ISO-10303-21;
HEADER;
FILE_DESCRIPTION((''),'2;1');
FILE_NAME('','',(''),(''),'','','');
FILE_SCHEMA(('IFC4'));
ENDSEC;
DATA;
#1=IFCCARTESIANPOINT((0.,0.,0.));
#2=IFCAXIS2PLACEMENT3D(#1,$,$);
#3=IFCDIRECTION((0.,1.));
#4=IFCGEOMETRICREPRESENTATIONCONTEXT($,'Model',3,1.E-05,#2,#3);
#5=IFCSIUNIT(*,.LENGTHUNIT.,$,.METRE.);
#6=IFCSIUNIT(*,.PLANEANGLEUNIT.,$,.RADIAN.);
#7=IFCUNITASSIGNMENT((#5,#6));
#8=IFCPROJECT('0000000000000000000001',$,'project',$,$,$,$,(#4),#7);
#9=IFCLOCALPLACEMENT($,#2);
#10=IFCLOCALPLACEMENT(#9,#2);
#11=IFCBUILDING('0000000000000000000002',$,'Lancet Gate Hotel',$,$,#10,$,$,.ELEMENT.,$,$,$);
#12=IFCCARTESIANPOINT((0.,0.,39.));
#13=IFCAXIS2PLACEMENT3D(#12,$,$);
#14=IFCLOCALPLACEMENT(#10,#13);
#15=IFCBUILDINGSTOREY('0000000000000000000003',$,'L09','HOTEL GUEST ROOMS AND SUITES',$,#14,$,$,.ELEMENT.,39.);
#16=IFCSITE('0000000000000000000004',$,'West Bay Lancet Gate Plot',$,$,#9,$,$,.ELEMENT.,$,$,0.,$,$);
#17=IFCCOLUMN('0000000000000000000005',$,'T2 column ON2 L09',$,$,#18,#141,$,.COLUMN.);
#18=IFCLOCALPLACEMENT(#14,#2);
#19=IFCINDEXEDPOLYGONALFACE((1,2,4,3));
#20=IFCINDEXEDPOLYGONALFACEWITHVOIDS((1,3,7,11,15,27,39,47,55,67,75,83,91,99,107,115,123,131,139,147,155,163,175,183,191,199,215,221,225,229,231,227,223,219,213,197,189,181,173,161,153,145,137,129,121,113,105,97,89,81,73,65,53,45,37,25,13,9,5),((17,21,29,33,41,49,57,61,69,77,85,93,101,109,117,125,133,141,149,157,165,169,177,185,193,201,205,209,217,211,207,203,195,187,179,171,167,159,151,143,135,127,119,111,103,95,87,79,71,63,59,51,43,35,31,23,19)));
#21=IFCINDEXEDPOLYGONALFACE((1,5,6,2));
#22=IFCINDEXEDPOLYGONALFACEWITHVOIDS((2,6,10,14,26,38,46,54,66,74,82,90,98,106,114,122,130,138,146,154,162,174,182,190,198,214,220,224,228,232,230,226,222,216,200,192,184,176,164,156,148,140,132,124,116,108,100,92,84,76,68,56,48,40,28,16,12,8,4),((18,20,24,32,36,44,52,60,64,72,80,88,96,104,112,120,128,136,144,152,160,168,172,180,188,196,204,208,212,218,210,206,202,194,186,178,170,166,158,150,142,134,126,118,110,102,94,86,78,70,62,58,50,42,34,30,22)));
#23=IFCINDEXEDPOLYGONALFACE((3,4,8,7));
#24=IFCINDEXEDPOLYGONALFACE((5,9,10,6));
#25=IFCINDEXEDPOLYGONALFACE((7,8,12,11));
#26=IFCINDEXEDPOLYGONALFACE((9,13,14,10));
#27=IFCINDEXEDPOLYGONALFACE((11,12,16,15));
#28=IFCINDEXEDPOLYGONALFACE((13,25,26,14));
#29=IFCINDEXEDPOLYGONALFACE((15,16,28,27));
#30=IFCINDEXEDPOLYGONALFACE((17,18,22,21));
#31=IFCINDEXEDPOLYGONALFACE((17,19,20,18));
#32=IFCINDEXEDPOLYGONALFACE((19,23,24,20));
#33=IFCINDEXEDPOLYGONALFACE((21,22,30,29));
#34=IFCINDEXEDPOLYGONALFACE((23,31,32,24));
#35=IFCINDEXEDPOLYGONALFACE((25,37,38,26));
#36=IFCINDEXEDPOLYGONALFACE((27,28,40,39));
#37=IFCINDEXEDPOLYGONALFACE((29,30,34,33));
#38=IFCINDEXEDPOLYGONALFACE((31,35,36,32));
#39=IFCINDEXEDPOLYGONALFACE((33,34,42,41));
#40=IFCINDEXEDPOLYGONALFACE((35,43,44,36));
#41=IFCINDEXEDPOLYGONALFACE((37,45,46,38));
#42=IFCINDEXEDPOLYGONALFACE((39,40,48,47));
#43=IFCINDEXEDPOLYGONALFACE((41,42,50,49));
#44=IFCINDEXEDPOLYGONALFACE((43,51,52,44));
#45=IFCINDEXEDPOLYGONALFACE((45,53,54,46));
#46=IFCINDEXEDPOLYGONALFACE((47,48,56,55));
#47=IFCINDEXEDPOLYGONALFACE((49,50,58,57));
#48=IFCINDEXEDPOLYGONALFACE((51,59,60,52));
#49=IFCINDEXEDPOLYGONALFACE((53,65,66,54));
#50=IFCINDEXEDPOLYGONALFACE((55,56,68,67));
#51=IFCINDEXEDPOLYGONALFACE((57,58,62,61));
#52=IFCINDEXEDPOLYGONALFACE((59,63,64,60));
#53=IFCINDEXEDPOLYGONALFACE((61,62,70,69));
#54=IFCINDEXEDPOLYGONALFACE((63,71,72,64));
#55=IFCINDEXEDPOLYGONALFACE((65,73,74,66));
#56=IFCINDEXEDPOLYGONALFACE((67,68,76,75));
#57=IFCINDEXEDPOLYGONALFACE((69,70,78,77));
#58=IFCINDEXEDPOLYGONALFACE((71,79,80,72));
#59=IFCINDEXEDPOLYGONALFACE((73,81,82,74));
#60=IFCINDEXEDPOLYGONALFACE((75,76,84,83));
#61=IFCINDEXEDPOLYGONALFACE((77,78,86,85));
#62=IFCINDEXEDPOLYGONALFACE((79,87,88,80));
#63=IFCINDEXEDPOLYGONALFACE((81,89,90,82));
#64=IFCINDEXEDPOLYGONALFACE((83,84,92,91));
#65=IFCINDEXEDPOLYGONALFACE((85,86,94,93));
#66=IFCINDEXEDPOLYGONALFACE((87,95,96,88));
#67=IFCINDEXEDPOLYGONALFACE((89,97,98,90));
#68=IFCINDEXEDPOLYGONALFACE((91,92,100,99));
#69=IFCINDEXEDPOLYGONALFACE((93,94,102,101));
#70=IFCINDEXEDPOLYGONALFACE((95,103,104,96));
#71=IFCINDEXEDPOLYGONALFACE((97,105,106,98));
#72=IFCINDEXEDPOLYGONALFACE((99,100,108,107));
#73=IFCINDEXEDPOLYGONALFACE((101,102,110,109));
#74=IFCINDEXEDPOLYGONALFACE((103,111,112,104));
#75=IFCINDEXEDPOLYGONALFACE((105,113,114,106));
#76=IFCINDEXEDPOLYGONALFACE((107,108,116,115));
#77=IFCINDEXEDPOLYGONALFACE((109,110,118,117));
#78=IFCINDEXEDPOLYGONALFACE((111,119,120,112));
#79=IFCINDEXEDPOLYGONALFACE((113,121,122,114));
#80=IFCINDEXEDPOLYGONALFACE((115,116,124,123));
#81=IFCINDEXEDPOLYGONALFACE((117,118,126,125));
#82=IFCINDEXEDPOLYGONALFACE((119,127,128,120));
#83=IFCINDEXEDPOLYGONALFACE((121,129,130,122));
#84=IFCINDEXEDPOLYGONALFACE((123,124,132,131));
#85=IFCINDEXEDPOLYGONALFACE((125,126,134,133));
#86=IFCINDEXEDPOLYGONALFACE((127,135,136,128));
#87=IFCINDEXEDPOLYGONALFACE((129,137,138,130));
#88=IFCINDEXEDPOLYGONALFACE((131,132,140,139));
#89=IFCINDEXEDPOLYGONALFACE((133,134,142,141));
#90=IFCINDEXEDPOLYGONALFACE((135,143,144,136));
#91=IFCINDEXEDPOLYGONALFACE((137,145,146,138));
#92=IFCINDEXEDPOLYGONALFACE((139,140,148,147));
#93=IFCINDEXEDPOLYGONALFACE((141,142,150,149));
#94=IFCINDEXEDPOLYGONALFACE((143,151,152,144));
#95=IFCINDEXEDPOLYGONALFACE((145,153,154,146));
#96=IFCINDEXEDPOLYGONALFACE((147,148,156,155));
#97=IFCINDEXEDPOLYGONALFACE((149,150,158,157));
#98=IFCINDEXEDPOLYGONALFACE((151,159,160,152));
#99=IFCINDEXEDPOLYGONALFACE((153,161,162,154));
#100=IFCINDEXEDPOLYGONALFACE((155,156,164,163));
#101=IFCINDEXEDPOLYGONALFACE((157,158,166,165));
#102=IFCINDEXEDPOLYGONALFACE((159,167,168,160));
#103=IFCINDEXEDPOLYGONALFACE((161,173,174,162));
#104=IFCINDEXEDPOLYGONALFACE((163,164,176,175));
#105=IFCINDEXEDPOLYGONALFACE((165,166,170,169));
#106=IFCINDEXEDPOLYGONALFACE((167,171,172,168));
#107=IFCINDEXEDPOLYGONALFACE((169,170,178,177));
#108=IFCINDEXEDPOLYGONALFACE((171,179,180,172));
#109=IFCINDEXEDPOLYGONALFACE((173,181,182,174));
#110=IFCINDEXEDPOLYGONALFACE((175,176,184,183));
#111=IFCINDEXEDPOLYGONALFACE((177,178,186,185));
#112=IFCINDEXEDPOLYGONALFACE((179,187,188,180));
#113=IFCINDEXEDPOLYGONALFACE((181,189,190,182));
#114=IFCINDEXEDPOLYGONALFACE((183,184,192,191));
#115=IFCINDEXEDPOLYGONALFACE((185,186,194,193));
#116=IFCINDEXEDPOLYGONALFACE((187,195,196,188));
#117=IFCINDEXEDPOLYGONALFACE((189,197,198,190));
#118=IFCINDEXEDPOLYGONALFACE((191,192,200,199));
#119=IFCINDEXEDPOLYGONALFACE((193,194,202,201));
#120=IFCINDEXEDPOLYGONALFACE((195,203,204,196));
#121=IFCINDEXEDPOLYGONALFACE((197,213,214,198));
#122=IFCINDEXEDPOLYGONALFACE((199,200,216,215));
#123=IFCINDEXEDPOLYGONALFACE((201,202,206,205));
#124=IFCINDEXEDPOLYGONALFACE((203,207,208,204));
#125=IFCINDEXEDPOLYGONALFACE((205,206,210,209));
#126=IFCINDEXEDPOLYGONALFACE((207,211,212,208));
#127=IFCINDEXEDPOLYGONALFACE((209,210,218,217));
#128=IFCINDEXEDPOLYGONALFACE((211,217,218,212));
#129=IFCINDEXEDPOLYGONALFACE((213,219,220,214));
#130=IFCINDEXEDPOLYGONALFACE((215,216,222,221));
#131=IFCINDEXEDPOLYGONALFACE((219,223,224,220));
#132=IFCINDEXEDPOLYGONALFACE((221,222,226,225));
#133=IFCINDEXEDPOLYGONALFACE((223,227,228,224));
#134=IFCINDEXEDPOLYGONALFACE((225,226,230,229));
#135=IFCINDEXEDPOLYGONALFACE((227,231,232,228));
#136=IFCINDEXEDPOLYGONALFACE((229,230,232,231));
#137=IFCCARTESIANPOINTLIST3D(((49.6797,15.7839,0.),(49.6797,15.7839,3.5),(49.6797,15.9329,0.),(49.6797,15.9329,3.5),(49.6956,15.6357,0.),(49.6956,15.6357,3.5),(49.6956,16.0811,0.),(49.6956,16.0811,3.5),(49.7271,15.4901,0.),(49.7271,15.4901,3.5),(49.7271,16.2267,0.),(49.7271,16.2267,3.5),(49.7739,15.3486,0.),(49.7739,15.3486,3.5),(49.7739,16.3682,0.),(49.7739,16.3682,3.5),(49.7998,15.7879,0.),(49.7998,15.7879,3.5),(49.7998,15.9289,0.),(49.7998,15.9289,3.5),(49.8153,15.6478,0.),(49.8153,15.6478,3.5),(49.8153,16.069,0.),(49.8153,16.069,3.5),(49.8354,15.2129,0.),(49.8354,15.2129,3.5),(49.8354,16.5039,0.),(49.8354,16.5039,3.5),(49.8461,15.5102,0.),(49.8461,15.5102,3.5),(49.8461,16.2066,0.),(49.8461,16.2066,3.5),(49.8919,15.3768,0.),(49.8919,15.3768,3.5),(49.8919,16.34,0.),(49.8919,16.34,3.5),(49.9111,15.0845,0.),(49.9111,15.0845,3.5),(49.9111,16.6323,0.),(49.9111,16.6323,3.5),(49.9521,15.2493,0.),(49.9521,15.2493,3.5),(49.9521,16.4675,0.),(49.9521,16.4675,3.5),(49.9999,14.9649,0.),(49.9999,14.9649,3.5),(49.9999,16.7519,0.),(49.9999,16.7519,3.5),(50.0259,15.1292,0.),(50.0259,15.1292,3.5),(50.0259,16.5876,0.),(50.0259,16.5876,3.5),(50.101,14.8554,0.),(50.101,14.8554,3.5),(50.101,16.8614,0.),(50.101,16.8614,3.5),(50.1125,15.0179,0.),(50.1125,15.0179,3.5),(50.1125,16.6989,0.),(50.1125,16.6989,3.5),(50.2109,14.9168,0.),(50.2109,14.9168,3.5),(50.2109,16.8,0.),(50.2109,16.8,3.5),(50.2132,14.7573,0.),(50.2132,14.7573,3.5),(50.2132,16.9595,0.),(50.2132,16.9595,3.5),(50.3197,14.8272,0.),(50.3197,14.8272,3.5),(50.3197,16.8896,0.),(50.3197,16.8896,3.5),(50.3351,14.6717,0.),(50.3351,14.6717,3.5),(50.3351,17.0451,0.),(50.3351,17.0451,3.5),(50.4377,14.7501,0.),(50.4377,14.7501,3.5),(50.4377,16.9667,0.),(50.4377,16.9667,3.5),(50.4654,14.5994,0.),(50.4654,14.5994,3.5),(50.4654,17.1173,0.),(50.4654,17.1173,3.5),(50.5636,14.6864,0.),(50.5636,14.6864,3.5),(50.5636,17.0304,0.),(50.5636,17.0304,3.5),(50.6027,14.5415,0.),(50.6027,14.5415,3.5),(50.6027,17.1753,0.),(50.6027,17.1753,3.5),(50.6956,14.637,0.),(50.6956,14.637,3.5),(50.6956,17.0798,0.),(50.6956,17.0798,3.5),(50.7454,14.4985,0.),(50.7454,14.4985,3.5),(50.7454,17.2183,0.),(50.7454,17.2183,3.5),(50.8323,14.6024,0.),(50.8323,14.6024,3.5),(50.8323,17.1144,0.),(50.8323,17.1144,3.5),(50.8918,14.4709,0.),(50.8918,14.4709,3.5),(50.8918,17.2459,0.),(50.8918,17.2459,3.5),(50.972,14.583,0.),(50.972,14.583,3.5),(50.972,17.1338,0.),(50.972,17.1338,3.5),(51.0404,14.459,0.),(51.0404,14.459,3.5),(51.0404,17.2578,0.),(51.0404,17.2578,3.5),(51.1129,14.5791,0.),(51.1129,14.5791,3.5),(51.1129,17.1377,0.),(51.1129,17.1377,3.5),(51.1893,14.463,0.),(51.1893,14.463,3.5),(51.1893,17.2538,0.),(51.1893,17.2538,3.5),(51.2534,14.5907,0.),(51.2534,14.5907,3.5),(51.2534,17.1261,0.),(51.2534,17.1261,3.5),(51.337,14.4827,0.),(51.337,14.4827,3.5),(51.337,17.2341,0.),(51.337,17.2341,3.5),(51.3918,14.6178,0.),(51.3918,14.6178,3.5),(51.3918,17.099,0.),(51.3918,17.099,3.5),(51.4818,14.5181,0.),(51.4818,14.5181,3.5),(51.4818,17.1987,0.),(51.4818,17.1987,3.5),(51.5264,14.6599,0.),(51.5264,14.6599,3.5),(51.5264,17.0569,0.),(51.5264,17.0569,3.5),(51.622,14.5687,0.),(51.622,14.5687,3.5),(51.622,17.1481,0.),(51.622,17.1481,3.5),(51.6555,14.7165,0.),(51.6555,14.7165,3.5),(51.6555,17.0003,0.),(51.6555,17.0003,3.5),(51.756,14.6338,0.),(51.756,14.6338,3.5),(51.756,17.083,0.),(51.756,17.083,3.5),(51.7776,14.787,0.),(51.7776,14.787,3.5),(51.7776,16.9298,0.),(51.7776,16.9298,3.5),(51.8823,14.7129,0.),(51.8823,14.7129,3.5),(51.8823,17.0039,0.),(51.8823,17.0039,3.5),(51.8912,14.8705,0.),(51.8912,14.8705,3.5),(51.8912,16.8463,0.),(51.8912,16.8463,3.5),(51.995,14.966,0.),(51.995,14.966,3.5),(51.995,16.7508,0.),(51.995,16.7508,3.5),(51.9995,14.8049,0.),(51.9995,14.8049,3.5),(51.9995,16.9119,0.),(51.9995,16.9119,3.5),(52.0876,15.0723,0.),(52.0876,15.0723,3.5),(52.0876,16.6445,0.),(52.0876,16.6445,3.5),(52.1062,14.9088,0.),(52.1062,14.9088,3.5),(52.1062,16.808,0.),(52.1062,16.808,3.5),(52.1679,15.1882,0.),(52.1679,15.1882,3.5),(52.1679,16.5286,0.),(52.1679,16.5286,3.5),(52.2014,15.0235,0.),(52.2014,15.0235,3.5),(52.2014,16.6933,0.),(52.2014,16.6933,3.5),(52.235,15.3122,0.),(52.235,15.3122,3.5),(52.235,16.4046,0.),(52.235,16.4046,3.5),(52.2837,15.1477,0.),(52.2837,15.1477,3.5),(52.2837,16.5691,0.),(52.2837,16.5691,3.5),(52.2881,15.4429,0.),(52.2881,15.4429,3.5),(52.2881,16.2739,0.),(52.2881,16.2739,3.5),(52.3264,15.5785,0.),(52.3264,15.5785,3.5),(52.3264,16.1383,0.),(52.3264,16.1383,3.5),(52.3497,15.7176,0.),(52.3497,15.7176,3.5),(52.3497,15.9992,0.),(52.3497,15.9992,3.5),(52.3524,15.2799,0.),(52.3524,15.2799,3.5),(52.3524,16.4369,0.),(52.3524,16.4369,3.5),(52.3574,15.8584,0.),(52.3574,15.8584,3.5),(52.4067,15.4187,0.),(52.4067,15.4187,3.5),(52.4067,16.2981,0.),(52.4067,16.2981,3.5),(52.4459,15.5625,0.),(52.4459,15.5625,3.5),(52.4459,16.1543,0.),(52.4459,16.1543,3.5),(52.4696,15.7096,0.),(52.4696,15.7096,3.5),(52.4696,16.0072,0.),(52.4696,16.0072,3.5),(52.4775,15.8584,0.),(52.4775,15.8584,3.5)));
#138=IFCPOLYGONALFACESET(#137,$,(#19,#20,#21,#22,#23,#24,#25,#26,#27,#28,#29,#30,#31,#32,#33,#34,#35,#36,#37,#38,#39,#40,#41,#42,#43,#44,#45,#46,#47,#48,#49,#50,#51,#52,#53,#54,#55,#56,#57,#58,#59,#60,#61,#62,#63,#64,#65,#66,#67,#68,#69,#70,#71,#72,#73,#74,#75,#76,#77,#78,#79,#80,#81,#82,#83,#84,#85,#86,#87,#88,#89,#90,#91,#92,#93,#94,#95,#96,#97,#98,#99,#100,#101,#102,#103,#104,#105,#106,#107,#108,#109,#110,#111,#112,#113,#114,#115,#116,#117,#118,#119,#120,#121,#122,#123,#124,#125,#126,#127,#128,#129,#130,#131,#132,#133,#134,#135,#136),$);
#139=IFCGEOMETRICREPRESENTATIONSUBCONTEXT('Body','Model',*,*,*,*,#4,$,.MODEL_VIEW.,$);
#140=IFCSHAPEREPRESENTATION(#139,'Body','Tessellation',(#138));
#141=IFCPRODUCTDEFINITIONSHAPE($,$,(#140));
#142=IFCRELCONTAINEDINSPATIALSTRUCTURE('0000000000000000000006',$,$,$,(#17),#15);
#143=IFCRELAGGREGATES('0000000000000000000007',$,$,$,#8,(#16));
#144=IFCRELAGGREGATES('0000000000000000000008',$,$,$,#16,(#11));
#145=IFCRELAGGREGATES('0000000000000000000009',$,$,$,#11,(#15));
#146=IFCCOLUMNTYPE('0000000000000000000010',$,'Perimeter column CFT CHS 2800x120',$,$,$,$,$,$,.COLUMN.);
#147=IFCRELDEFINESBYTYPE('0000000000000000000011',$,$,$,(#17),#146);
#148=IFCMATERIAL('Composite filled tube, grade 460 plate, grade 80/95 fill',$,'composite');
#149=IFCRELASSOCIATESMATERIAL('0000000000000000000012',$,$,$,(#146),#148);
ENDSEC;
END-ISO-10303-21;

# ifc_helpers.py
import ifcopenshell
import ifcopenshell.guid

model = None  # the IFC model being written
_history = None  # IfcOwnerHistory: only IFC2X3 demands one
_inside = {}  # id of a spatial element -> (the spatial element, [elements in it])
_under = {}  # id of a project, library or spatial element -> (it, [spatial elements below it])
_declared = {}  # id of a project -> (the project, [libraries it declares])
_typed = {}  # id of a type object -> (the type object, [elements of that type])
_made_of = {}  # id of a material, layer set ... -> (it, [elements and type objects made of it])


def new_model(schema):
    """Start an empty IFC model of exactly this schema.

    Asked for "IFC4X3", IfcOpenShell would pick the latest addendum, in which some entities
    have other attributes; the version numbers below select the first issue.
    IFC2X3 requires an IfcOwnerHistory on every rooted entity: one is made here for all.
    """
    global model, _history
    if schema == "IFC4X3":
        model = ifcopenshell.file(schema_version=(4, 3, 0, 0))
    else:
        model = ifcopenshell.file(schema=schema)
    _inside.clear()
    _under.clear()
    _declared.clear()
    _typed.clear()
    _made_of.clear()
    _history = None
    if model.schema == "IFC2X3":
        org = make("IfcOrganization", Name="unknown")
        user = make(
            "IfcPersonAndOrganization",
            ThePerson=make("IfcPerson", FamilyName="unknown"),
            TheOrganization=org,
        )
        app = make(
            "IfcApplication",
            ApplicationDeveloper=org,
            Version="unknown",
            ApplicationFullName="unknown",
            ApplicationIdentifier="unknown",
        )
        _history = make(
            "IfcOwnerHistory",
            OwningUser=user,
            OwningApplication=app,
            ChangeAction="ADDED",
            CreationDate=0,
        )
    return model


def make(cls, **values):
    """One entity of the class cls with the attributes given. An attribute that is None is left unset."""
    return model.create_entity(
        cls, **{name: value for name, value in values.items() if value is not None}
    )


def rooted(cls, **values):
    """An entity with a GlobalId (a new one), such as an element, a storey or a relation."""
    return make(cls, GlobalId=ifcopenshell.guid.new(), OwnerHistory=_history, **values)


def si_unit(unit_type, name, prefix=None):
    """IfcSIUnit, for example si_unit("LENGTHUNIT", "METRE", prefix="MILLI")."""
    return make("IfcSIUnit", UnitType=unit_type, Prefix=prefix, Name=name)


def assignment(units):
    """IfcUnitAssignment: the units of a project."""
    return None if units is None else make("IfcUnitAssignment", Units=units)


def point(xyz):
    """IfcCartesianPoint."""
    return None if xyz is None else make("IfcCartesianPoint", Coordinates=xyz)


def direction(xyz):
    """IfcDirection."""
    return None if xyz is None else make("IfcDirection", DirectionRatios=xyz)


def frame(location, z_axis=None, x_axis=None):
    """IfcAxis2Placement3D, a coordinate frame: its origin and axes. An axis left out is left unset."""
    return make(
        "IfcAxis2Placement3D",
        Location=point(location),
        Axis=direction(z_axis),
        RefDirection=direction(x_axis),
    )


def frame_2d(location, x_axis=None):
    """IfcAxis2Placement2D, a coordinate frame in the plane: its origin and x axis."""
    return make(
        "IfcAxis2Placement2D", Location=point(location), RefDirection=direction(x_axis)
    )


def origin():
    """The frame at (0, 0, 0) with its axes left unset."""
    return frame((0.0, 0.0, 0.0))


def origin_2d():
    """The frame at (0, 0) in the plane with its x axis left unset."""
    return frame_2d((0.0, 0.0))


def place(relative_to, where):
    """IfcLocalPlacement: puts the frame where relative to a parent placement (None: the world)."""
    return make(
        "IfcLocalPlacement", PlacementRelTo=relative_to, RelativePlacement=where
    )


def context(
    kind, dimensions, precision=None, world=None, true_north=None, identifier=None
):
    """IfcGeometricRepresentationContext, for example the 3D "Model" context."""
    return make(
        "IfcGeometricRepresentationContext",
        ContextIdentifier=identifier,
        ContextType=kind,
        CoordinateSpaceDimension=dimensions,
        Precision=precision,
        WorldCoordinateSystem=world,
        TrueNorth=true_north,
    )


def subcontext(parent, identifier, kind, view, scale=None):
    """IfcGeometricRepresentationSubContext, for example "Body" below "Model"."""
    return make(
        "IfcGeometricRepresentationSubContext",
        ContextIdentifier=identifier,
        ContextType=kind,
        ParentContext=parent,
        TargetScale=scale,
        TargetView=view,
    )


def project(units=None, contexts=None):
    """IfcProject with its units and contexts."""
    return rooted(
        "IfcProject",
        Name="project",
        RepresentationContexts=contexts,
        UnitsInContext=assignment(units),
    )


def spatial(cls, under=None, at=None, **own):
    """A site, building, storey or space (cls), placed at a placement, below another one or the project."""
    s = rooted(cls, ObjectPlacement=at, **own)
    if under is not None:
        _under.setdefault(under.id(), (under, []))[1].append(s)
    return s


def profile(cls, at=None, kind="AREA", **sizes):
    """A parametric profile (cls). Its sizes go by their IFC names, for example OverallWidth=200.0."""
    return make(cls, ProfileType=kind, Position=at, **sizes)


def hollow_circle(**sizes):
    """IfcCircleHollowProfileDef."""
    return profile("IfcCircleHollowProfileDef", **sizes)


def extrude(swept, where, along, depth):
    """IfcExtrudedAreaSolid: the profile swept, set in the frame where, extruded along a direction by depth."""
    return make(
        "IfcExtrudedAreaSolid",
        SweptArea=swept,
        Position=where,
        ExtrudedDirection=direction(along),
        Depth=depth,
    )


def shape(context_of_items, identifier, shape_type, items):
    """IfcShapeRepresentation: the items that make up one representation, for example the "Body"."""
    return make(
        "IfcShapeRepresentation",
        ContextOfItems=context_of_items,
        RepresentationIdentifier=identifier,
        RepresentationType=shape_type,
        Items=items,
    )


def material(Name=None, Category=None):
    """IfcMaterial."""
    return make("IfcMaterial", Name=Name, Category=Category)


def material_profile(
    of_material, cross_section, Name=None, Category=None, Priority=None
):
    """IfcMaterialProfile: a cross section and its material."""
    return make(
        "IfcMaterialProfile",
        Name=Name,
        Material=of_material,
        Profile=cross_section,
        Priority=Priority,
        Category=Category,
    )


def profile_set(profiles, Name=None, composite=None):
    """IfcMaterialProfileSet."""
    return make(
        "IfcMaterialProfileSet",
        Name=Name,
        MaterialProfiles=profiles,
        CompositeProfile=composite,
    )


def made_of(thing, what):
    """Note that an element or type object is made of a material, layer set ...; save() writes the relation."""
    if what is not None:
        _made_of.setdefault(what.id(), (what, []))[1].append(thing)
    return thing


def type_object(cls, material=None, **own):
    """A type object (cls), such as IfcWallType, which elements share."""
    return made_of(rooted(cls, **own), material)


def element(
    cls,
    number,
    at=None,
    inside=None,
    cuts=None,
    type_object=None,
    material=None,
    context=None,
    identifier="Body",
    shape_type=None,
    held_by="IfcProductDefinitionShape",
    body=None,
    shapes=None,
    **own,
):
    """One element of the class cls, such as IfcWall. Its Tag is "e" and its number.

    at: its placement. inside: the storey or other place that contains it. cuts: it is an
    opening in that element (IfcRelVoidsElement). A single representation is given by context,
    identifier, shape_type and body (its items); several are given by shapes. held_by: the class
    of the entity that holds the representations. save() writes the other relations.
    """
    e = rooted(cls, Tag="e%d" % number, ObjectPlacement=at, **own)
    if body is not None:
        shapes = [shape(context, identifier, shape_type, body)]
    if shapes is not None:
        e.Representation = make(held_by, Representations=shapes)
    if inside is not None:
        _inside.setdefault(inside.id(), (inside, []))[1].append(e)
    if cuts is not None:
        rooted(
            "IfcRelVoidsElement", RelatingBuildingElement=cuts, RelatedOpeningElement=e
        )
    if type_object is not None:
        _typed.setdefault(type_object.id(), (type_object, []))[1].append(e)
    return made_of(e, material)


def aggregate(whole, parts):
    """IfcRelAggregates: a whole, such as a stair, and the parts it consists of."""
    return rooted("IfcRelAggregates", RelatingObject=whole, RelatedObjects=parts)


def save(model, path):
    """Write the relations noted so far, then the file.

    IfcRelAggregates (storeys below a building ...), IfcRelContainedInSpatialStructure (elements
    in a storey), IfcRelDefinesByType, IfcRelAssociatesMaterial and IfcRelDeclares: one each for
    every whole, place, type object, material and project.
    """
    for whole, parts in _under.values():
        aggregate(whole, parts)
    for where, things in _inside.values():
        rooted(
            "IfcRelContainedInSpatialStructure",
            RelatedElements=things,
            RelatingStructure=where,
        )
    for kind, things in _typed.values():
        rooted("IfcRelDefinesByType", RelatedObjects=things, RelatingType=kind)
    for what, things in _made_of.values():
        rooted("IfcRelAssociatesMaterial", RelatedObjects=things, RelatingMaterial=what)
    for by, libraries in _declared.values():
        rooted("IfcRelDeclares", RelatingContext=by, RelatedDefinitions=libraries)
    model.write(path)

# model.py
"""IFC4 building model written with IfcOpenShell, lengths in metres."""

from ifc_helpers import new_model, si_unit, direction, frame, origin, origin_2d, place, context, subcontext, project, spatial, hollow_circle, extrude, material, material_profile, profile_set, type_object, element, save


model = new_model("IFC4")

# Units and contexts
model_context = context("Model", 3, precision=1e-05, world=origin(), true_north=direction((0.0, 1.0)))
body_context = subcontext(model_context, "Body", "Model", "MODEL_VIEW")
ifc_project = project(units=[si_unit("LENGTHUNIT", "METRE"), si_unit("PLANEANGLEUNIT", "RADIAN")], contexts=[model_context])

# Site, building, storey
site_placement = place(None, origin())
site = spatial("IfcSite", under=ifc_project, at=site_placement, Name="West Bay Lancet Gate Plot", CompositionType="ELEMENT", RefElevation=0.0)
building_placement = place(site_placement, origin())
building = spatial("IfcBuilding", under=site, at=building_placement, Name="Lancet Gate Hotel", CompositionType="ELEMENT")
storey_placement = place(building_placement, frame((0.0, 0.0, 39.0)))
storey = spatial("IfcBuildingStorey", under=building, at=storey_placement, Name="L09", Description="HOTEL GUEST ROOMS AND SUITES", CompositionType="ELEMENT", Elevation=39.0)

# Column
ifc_material_1 = material(Name="Composite filled tube, grade 460 plate, grade 80/95 fill", Category="composite")
ifc_material_profile_1 = material_profile(ifc_material_1, hollow_circle(Radius=1.3999, WallThickness=0.1201, at=origin_2d()), Name="CHS 2800x120")
ifc_profile_set_1 = profile_set([ifc_material_profile_1], Name="Composite filled tube, grade 460 plate, grade 80/95 fill")
column_type = type_object("IfcColumnType", Name="Perimeter column CFT CHS 2800x120", PredefinedType="COLUMN", material=ifc_profile_set_1)
for number, where, z_axis, x_axis, name in (
    (1, (51.0776, 15.8584, 0.0), (0.0, 0.0, 1.0), (1.0, 0.0, 0.0), "T2 column ON2 L09"),
):
    element("IfcColumn", number, at=place(storey_placement, frame(where, z_axis=z_axis, x_axis=x_axis)), inside=storey, type_object=column_type, Name=name, PredefinedType="COLUMN", context=body_context, shape_type="SweptSolid", body=[
        extrude(hollow_circle(Radius=1.3999, WallThickness=0.1201, at=origin_2d()), origin(), (0.0, 0.0, 1.0), 3.5),
    ])

save(model, "model.ifc")
